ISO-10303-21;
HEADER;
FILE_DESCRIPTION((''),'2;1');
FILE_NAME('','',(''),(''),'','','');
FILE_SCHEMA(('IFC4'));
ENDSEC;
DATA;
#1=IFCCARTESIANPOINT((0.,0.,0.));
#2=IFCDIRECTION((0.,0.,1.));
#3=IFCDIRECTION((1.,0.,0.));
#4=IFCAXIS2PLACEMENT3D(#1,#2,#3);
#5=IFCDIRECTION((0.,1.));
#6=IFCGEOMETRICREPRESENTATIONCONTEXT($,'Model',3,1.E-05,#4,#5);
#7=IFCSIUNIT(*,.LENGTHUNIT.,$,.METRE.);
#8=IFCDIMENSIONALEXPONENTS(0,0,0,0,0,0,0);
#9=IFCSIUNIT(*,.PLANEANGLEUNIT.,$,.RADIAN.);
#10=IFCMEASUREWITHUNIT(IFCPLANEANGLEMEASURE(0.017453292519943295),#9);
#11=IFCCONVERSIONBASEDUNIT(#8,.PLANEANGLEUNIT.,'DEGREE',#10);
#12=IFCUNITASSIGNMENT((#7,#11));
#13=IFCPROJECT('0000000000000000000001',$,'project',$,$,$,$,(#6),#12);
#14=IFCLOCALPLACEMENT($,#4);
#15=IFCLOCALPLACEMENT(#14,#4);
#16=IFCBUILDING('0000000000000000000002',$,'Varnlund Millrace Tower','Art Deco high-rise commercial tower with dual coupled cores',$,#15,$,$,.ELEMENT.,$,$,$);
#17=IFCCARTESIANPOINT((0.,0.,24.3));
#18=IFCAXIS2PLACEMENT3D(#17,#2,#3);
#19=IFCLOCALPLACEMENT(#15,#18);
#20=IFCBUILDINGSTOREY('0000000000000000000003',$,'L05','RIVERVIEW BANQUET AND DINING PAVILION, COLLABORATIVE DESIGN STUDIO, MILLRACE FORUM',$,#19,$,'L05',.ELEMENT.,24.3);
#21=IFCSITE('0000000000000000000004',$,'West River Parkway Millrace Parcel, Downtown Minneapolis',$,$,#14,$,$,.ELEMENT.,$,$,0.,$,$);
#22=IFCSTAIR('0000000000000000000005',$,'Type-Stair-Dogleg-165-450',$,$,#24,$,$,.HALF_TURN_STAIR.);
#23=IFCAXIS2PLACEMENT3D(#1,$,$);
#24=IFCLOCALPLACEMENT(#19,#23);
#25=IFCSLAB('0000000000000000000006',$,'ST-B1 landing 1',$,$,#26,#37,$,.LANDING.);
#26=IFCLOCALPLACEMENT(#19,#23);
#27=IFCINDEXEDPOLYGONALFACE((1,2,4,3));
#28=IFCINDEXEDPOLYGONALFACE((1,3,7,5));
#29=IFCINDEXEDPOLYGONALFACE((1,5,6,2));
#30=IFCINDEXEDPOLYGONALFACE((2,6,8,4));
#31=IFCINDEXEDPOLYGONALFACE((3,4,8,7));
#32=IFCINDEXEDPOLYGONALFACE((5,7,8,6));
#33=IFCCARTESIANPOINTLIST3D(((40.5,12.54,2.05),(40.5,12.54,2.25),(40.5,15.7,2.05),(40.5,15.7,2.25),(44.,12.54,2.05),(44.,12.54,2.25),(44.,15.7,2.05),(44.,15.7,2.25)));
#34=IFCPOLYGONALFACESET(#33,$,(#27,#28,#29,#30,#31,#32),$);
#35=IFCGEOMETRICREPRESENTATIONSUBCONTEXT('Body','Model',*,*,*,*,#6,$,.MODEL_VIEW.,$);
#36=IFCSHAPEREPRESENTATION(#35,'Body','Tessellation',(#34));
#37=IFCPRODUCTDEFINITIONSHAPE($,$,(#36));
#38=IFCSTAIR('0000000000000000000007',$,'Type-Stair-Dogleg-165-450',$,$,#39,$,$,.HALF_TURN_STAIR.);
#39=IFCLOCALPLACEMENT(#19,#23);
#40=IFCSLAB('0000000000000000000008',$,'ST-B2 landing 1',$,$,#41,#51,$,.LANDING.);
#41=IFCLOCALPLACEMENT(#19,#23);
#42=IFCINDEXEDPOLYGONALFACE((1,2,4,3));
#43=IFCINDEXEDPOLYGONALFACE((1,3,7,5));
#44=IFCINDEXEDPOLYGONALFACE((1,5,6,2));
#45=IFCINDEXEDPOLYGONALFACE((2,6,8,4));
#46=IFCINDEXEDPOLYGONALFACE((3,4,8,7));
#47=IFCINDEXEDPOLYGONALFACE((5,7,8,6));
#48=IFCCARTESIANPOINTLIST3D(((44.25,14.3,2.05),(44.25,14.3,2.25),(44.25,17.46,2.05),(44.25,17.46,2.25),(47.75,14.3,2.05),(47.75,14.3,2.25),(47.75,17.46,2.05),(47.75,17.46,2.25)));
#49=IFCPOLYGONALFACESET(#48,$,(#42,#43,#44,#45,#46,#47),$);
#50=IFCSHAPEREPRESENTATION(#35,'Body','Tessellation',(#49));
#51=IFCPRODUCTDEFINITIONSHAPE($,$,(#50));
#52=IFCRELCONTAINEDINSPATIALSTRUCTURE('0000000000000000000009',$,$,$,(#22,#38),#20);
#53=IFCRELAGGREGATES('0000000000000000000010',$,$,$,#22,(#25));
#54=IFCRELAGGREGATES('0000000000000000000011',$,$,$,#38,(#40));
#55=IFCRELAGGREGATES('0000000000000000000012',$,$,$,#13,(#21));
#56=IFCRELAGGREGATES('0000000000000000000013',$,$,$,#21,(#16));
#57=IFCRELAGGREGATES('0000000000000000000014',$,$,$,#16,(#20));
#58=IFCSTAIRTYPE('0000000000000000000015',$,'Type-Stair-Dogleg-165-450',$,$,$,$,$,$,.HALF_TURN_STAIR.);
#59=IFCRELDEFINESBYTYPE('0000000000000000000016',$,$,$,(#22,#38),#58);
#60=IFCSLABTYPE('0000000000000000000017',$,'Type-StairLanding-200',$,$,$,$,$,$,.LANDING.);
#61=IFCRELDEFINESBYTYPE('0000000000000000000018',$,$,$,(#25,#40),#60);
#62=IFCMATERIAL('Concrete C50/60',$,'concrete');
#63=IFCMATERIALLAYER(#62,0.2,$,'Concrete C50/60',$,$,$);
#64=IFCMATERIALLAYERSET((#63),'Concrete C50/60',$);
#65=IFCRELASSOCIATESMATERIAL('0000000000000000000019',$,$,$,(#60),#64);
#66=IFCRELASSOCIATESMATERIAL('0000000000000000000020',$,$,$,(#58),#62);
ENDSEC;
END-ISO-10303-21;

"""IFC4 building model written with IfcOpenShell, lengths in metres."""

from ifc_helpers import new_model, entity, si_unit, converted_unit, direction, frame, origin_with_axes, place, context, subcontext, project, spatial, polyline, outline, extrude, material, layer, layer_set, type_object, element, aggregate, save


model = new_model("IFC4")

# Units and contexts
model_context = context("Model", 3, precision=1e-05, world=origin_with_axes(), true_north=direction((0.0, 1.0)))
body_context = subcontext(model_context, "Body", "Model", "MODEL_VIEW")
ifc_project = project(units=[si_unit("LENGTHUNIT", "METRE"), converted_unit("PLANEANGLEUNIT", "DEGREE", entity("IfcPlaneAngleMeasure", 0.017453292519943295), si_unit("PLANEANGLEUNIT", "RADIAN"), dimensions=[0, 0, 0, 0, 0, 0, 0])], contexts=[model_context])

# Site, building, storey
site_placement = place(None, origin_with_axes())
site = spatial("IfcSite", under=ifc_project, at=site_placement, Name="West River Parkway Millrace Parcel, Downtown Minneapolis", CompositionType="ELEMENT", RefElevation=0.0)
building_placement = place(site_placement, origin_with_axes())
building = spatial("IfcBuilding", under=site, at=building_placement, Name="Varnlund Millrace Tower", Description="Art Deco high-rise commercial tower with dual coupled cores", CompositionType="ELEMENT")
storey_placement = place(building_placement, frame((0.0, 0.0, 24.3), z_axis=(0.0, 0.0, 1.0), x_axis=(1.0, 0.0, 0.0)))
storey = spatial("IfcBuildingStorey", under=building, at=storey_placement, Name="L05", Description="RIVERVIEW BANQUET AND DINING PAVILION, COLLABORATIVE DESIGN STUDIO, MILLRACE FORUM", LongName="L05", CompositionType="ELEMENT", Elevation=24.3)

# Stairs, slabs
ifc_material_1 = material(Name="Concrete C50/60", Category="concrete")
ifc_layer = layer(ifc_material_1, 0.2, Name="Concrete C50/60")
ifc_layer_set = layer_set([ifc_layer], Name="Concrete C50/60")
slab_type = type_object("IfcSlabType", Name="Type-StairLanding-200", PredefinedType="LANDING", material=ifc_layer_set)
stair_type_1 = type_object("IfcStairType", Name="Type-Stair-Dogleg-165-450", PredefinedType="HALF_TURN_STAIR", material=ifc_material_1)
stair_1_placement = place(storey_placement, origin_with_axes())
stair_1 = element("IfcStair", 1, at=stair_1_placement, inside=storey, type_object=stair_type_1, Name="Type-Stair-Dogleg-165-450", PredefinedType="HALF_TURN_STAIR")
slab_1_placement = place(storey_placement, frame((0.0, 0.0, 2.05), z_axis=(0.0, 0.0, 1.0), x_axis=(1.0, 0.0, 0.0)))
slab_1 = element("IfcSlab", 2, at=slab_1_placement, type_object=slab_type, Name="ST-B1 landing 1", PredefinedType="LANDING", context=body_context, shape_type="SweptSolid", body=[
    extrude(outline(polyline([(44.0, 12.54), (44.0, 15.7), (40.5, 15.7), (40.5, 12.54), (44.0, 12.54)])), origin_with_axes(), (0.0, 0.0, 1.0), 0.2),
])
aggregate(stair_1, [slab_1])
stair_2_placement = place(storey_placement, origin_with_axes())
stair_2 = element("IfcStair", 3, at=stair_2_placement, inside=storey, type_object=stair_type_1, Name="Type-Stair-Dogleg-165-450", PredefinedType="HALF_TURN_STAIR")
slab_2_placement = place(storey_placement, frame((0.0, 0.0, 2.05), z_axis=(0.0, 0.0, 1.0), x_axis=(1.0, 0.0, 0.0)))
slab_2 = element("IfcSlab", 4, at=slab_2_placement, type_object=slab_type, Name="ST-B2 landing 1", PredefinedType="LANDING", context=body_context, shape_type="SweptSolid", body=[
    extrude(outline(polyline([(44.25, 17.46), (44.25, 14.3), (47.75, 14.3), (47.75, 17.46), (44.25, 17.46)])), origin_with_axes(), (0.0, 0.0, 1.0), 0.2),
])
aggregate(stair_2, [slab_2])

save(model, "model.ifc")
